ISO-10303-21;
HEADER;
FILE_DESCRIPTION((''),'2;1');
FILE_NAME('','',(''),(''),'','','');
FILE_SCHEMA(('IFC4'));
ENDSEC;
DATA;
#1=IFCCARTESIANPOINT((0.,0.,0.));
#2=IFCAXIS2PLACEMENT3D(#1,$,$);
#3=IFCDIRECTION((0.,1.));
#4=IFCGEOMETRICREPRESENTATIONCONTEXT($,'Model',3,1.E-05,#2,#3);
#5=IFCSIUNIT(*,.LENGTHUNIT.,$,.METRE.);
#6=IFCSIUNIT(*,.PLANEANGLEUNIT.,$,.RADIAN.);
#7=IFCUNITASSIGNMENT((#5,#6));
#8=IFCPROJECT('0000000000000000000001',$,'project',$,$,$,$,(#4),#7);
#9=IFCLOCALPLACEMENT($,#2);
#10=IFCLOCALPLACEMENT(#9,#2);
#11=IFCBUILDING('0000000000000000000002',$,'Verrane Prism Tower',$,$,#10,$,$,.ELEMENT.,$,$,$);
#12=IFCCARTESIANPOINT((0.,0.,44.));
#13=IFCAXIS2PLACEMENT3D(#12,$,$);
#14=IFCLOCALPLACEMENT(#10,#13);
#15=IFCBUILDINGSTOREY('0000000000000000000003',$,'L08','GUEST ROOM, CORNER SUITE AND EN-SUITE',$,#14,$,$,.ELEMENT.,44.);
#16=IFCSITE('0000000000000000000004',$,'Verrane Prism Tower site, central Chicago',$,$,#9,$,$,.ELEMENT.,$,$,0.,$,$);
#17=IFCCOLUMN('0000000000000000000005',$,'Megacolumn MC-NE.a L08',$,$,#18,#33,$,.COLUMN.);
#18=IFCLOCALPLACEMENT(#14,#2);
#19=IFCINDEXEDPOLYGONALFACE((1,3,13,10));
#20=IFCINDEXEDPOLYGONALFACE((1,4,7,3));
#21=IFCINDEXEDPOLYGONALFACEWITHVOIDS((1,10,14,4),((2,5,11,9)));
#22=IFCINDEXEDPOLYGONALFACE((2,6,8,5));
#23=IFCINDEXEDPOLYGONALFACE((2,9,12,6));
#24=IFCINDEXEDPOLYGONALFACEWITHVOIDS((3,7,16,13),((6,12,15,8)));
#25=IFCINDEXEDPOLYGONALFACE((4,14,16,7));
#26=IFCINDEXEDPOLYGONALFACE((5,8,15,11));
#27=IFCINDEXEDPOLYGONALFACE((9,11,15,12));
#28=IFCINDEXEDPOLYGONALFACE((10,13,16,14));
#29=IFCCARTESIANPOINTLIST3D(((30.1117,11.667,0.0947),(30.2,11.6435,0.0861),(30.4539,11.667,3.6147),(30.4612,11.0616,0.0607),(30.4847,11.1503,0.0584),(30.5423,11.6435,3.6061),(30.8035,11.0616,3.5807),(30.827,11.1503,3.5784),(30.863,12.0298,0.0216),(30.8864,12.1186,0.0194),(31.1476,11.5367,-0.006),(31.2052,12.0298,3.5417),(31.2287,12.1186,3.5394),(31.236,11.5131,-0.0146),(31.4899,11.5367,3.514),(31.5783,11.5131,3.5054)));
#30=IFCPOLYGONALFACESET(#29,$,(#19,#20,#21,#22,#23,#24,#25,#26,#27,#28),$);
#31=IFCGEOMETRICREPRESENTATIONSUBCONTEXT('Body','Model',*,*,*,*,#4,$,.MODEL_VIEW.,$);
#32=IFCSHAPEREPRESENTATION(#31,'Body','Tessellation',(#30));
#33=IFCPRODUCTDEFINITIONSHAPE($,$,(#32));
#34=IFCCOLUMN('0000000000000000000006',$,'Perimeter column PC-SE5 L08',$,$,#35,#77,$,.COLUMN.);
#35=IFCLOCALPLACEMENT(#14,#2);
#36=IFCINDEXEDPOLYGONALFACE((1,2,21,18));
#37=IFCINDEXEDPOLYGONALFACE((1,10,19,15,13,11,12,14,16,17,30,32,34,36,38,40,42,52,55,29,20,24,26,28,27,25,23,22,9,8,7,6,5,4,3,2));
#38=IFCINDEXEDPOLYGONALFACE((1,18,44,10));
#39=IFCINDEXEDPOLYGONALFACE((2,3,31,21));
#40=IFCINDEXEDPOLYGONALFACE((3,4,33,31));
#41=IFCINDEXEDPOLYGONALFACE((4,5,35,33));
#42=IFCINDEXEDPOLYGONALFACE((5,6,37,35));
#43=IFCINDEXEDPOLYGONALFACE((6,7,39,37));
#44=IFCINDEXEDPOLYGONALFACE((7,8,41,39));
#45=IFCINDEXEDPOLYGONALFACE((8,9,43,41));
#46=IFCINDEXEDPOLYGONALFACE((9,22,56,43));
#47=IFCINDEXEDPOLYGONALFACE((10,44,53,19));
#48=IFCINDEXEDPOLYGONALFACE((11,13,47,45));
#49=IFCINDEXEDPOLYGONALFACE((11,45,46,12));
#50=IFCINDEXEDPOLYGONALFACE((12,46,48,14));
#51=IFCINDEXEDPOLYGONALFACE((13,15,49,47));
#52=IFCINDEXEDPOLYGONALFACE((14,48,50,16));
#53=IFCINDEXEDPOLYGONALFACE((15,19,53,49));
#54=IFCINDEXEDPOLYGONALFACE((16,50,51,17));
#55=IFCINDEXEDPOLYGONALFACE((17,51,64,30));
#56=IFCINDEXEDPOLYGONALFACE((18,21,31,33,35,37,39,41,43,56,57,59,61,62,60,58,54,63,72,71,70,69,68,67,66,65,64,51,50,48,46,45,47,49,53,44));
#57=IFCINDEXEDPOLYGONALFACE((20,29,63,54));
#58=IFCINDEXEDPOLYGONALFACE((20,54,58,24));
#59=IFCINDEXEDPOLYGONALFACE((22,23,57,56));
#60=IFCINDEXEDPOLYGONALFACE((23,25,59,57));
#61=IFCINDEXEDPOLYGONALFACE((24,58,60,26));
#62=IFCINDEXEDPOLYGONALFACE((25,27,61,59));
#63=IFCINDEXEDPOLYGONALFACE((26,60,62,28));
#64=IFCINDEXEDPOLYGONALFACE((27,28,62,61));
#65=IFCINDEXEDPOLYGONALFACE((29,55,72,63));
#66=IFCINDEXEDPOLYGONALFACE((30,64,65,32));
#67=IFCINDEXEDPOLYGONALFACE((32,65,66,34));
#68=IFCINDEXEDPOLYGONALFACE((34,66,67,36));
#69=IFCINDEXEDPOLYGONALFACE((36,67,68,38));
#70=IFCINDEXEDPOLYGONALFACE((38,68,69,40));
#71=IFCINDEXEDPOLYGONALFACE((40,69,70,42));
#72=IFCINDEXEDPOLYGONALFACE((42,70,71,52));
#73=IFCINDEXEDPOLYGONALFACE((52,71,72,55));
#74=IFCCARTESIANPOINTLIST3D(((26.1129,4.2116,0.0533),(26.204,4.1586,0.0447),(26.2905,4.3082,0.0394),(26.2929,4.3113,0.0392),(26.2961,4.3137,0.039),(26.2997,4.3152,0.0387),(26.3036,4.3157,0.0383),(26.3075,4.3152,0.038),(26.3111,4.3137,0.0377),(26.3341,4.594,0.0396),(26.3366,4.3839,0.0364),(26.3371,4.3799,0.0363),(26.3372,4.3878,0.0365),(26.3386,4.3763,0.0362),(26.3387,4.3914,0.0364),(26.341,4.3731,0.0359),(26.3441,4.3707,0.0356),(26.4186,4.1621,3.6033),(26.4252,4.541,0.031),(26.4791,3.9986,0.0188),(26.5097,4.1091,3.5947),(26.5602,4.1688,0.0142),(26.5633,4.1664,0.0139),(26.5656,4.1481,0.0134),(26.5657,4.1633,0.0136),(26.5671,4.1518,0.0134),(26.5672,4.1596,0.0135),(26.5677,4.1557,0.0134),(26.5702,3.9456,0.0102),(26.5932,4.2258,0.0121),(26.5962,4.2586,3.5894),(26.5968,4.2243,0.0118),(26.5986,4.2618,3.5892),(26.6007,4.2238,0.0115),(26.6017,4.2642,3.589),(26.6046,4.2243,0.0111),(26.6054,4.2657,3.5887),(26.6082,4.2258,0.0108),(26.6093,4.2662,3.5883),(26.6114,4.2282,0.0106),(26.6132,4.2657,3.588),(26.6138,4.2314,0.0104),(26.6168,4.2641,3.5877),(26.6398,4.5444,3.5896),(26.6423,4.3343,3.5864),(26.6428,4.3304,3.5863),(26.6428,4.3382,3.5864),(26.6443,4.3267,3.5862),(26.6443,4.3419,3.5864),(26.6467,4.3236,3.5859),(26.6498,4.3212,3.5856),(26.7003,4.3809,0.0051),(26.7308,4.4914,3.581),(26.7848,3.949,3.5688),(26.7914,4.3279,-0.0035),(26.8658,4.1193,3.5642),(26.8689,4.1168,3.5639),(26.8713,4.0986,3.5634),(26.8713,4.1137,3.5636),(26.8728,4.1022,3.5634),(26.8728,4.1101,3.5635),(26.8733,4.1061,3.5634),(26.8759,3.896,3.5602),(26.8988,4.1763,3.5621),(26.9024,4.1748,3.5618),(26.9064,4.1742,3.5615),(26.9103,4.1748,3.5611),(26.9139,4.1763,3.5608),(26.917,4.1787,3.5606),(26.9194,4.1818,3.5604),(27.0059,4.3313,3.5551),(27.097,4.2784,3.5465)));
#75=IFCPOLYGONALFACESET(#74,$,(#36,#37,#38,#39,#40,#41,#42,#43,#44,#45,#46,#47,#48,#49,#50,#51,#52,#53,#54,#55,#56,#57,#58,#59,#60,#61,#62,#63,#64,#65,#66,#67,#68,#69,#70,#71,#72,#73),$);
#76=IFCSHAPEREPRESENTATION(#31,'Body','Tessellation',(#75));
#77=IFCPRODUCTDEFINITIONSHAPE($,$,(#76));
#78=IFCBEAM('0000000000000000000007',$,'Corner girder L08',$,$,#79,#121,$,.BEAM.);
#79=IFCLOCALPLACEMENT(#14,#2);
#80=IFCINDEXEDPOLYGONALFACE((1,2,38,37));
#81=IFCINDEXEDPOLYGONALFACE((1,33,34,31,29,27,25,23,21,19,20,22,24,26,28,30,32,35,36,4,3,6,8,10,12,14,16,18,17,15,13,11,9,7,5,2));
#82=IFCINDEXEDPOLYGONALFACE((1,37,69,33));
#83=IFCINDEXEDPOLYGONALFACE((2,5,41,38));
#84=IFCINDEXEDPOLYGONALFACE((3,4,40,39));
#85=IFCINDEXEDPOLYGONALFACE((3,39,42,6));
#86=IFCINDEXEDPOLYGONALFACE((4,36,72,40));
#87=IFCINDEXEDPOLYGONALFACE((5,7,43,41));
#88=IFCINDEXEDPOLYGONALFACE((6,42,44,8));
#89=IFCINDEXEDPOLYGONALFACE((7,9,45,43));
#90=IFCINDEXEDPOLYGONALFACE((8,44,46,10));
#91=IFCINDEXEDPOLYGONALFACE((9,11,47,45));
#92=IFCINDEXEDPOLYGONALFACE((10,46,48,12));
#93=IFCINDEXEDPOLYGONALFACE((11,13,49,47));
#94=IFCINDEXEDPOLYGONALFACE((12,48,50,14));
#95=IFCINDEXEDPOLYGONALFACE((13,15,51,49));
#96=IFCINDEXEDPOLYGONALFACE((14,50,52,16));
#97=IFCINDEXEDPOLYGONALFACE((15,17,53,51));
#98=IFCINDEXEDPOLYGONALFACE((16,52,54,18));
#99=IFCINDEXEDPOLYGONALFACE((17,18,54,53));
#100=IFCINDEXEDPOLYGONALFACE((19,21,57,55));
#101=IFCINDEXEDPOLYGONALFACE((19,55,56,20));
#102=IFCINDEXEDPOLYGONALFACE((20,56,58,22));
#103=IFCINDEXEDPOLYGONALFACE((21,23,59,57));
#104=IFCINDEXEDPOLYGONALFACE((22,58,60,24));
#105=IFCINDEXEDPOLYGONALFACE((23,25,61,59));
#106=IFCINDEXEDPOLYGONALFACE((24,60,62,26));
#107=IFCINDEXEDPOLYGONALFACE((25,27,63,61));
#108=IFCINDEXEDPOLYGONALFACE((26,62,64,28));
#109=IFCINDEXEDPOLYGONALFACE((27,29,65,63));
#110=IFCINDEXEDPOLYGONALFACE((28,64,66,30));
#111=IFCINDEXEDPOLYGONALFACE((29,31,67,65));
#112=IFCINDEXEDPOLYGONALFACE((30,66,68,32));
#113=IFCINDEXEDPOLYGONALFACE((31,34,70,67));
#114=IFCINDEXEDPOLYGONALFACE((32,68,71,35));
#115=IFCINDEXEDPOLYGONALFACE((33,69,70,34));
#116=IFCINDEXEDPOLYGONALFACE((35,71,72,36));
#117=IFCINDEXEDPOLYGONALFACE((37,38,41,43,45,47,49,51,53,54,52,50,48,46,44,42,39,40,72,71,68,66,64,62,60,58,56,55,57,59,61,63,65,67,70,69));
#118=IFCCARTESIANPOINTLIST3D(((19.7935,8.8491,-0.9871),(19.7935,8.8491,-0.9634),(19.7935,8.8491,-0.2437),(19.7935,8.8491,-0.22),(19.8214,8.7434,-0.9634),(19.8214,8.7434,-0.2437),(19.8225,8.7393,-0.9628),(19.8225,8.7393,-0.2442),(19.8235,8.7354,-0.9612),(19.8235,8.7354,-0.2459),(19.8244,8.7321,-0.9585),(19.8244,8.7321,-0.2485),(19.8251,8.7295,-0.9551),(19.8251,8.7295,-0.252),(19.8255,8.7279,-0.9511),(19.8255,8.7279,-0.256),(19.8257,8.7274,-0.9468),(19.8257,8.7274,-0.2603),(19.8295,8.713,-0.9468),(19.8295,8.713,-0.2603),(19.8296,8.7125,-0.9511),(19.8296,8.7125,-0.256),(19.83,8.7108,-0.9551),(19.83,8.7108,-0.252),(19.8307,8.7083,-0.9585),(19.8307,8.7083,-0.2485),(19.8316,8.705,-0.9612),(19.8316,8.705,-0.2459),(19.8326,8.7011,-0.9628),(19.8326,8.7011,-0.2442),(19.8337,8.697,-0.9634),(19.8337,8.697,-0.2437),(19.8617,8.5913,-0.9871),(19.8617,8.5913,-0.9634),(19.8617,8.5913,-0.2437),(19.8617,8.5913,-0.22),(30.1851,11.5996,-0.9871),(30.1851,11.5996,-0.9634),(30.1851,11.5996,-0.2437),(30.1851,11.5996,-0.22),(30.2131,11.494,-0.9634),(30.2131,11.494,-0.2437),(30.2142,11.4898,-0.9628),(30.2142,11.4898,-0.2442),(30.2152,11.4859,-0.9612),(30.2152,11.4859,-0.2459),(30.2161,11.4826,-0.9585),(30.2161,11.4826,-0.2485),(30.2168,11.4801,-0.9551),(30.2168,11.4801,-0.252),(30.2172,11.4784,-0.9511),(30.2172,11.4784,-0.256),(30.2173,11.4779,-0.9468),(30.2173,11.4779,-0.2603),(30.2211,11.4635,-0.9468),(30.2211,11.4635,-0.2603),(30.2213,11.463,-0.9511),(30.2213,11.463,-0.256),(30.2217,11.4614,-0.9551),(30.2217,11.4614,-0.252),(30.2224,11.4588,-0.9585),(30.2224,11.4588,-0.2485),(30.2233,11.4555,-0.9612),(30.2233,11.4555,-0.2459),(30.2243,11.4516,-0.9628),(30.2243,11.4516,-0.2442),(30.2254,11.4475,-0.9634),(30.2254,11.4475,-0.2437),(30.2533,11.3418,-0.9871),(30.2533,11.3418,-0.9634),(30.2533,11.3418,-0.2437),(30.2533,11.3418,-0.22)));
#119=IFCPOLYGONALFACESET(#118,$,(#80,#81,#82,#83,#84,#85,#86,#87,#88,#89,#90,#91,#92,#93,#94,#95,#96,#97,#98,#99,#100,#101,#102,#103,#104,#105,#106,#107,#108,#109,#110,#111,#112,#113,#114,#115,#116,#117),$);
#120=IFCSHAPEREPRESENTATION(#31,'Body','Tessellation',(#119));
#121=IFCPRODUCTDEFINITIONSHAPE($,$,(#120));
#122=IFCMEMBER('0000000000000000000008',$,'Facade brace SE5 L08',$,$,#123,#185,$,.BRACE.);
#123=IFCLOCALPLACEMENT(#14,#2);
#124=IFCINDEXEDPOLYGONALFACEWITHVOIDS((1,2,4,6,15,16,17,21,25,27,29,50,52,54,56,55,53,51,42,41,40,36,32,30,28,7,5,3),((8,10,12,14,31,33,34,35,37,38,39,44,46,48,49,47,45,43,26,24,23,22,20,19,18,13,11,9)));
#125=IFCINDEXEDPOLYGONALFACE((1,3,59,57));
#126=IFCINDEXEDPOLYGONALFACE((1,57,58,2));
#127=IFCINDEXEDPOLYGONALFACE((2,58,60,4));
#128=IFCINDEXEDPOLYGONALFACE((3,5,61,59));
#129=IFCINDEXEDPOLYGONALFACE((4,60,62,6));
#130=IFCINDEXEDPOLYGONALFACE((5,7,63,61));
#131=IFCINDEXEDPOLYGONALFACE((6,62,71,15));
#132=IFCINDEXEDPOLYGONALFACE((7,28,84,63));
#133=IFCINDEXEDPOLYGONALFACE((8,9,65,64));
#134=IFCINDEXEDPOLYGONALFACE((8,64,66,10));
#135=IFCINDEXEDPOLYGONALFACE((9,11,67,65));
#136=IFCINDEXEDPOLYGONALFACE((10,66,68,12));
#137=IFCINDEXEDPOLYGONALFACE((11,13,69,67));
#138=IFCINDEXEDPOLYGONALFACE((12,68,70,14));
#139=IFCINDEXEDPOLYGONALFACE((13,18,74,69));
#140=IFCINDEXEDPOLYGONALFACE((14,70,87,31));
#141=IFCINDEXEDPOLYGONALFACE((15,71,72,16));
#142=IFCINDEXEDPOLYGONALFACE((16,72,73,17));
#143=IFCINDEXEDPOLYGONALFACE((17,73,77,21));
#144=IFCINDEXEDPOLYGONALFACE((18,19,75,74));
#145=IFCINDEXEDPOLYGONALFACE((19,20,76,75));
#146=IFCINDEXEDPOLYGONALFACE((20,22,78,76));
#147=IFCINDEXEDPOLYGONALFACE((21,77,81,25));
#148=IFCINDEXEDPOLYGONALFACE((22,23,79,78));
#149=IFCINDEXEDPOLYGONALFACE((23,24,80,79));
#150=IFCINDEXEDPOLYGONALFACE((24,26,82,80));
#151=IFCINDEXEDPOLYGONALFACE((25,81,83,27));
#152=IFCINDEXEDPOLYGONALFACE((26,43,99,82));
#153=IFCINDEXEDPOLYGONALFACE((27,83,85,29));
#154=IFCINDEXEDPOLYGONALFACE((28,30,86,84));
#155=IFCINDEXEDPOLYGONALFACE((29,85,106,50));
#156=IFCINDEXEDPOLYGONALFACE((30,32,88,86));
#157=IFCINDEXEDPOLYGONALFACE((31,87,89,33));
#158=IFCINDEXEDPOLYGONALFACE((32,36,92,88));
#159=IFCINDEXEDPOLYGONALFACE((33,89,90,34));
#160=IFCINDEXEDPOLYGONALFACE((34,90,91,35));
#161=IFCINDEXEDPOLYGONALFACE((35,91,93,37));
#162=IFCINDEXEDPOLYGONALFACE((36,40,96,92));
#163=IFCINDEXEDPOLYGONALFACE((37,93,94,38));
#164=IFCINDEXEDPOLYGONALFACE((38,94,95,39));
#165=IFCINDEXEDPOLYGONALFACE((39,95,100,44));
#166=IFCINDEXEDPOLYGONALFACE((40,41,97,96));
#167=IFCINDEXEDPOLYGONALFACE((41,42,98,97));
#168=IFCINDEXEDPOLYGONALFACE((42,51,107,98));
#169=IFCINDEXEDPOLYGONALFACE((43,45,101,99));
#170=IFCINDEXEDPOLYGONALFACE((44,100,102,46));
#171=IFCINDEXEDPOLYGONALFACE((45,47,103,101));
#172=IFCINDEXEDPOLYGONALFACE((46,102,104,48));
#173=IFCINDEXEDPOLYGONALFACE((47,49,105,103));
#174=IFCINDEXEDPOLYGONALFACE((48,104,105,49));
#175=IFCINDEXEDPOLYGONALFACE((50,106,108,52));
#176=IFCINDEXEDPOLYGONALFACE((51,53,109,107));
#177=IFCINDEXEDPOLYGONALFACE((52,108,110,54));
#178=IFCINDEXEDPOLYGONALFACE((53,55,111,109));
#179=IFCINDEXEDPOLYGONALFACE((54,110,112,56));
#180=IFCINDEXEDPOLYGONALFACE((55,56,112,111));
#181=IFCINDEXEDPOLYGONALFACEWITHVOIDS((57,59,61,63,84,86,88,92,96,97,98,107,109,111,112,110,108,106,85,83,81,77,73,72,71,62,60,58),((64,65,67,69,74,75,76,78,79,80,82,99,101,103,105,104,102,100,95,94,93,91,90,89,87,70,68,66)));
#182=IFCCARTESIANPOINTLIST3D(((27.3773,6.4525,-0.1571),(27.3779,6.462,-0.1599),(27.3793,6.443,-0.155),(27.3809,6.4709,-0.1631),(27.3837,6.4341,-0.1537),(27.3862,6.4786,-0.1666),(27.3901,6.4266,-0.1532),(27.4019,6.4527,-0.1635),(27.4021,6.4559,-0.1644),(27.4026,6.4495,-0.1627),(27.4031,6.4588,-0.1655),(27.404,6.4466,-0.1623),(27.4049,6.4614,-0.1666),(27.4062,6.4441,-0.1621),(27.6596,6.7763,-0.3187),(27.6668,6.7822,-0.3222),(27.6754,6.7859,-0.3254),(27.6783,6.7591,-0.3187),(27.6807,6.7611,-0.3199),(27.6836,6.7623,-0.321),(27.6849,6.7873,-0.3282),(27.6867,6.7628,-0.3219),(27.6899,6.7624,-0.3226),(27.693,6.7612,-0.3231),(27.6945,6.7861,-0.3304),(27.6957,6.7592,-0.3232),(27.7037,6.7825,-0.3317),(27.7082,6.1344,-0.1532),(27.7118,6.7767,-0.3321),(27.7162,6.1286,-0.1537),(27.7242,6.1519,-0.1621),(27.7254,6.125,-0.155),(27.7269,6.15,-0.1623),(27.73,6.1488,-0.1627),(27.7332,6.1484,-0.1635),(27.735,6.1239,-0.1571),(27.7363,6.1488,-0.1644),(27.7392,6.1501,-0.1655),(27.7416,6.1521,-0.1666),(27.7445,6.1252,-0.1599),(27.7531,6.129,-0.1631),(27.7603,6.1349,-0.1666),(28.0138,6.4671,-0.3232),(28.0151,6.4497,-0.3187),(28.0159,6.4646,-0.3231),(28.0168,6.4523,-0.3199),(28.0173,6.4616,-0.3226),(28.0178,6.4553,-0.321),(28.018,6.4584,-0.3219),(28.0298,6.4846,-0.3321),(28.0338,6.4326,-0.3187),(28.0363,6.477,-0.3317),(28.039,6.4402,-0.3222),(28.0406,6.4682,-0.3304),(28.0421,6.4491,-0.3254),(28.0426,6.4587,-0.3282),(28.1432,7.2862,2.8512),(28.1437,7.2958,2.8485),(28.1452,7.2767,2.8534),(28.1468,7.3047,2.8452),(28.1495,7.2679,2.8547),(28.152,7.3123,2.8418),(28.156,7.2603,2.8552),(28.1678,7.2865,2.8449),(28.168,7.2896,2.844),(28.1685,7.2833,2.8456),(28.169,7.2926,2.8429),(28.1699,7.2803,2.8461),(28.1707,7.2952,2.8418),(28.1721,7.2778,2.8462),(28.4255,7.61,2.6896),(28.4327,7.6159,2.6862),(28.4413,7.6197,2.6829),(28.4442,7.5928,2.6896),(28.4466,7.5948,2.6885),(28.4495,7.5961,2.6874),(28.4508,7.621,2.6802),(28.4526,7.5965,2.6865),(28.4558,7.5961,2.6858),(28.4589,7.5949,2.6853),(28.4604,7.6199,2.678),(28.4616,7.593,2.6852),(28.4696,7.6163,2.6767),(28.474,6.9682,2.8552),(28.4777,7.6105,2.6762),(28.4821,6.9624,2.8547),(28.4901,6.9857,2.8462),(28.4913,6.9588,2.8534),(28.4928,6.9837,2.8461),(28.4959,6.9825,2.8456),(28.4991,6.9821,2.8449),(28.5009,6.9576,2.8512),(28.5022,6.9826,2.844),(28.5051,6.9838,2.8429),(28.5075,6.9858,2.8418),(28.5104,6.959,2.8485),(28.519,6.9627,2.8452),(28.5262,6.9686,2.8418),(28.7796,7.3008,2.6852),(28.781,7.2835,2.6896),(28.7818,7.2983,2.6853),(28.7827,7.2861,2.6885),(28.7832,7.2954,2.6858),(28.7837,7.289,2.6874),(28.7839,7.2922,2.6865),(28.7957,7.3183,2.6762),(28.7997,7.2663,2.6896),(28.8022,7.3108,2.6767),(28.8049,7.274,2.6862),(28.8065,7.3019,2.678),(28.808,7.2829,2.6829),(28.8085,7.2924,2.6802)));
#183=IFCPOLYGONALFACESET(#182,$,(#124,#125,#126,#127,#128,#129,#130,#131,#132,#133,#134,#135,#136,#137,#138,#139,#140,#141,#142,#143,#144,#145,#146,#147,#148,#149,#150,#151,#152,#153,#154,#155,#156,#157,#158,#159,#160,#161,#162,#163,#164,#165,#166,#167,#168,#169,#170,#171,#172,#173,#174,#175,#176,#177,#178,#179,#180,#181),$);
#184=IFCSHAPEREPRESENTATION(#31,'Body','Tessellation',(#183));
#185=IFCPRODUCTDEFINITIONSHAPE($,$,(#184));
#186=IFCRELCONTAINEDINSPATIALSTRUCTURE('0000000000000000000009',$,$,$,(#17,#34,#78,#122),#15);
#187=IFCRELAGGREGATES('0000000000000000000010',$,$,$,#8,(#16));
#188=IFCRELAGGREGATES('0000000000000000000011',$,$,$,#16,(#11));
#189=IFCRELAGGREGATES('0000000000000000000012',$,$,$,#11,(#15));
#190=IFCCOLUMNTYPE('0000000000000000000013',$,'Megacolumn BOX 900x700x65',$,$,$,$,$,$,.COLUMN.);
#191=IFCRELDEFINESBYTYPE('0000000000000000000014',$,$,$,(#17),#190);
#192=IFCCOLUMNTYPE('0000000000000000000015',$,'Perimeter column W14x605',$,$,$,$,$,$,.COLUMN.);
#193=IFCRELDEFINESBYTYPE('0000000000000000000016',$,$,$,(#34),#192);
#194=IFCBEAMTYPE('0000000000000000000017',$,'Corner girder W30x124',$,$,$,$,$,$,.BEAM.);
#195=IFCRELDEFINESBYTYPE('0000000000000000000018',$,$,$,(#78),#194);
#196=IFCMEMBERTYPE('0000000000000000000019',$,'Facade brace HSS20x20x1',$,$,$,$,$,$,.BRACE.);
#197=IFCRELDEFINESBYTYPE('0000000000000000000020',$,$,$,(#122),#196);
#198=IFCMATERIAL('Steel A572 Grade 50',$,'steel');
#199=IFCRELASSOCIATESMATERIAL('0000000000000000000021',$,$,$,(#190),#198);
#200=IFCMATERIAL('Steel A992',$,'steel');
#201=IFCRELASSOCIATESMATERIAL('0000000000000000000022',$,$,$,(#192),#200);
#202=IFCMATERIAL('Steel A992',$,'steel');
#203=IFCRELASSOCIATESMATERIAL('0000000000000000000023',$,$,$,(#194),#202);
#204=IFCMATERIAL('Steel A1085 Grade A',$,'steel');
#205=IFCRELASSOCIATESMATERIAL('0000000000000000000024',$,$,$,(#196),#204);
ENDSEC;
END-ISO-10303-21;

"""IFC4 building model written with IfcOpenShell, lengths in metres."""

from ifc_helpers import new_model, si_unit, direction, frame, origin, origin_2d, place, context, subcontext, project, spatial, hollow_rectangle, i_section, extrude, material, material_profile, profile_set, type_object, element, save


model = new_model("IFC4")

# Units and contexts
model_context = context("Model", 3, precision=1e-05, world=origin(), true_north=direction((0.0, 1.0)))
body_context = subcontext(model_context, "Body", "Model", "MODEL_VIEW")
ifc_project = project(units=[si_unit("LENGTHUNIT", "METRE"), si_unit("PLANEANGLEUNIT", "RADIAN")], contexts=[model_context])

# Site, building, storey
site_placement = place(None, origin())
site = spatial("IfcSite", under=ifc_project, at=site_placement, Name="Verrane Prism Tower site, central Chicago", CompositionType="ELEMENT", RefElevation=0.0)
building_placement = place(site_placement, origin())
building = spatial("IfcBuilding", under=site, at=building_placement, Name="Verrane Prism Tower", CompositionType="ELEMENT")
storey_placement = place(building_placement, frame((0.0, 0.0, 44.0)))
storey = spatial("IfcBuildingStorey", under=building, at=storey_placement, Name="L08", Description="GUEST ROOM, CORNER SUITE AND EN-SUITE", CompositionType="ELEMENT", Elevation=44.0)

# Columns
ifc_material_1 = material(Name="Steel A572 Grade 50", Category="steel")
ifc_material_profile_1 = material_profile(ifc_material_1, hollow_rectangle(XDim=0.7, YDim=0.8999, WallThickness=0.0649, at=origin_2d()), Name="BOX 900x700x65")
ifc_profile_set_1 = profile_set([ifc_material_profile_1], Name="Steel A572 Grade 50")
column_type_1 = type_object("IfcColumnType", Name="Megacolumn BOX 900x700x65", PredefinedType="COLUMN", material=ifc_profile_set_1)
column_1_placement = place(storey_placement, frame((30.6738, 11.5901, 0.04), z_axis=(0.096783, 0.0, 0.995305), x_axis=(0.499409, -0.865004, -0.048562)))
element("IfcColumn", 1, at=column_1_placement, inside=storey, type_object=column_type_1, Name="Megacolumn MC-NE.a L08", PredefinedType="COLUMN", context=body_context, shape_type="SweptSolid", body=[
    extrude(hollow_rectangle(XDim=0.7, YDim=0.8999, WallThickness=0.0649, at=origin_2d()), origin(), (0.0, 0.0, 1.0), 3.5366),
])
ifc_material_2 = material(Name="Steel A992", Category="steel")
ifc_material_profile_2 = material_profile(ifc_material_2, i_section(OverallWidth=0.4419, OverallDepth=0.5308, WebThickness=0.0659, FlangeThickness=0.1057, FilletRadius=0.0151, at=origin_2d()), Name="W14x605")
ifc_profile_set_2 = profile_set([ifc_material_profile_2], Name="Steel A992")
column_type_2 = type_object("IfcColumnType", Name="Perimeter column W14x605", PredefinedType="COLUMN", material=ifc_profile_set_2)
column_2_placement = place(storey_placement, frame((26.4521, 4.2698, 0.0249), z_axis=(0.085776, -0.013908, 0.996217), x_axis=(-0.500476, -0.865195, 0.031013)))
element("IfcColumn", 2, at=column_2_placement, inside=storey, type_object=column_type_2, Name="Perimeter column PC-SE5 L08", PredefinedType="COLUMN", context=body_context, shape_type="SweptSolid", body=[
    extrude(i_section(OverallWidth=0.4419, OverallDepth=0.5308, WebThickness=0.0659, FlangeThickness=0.1057, FilletRadius=0.0151, at=origin_2d()), origin(), (0.0, 0.0, 1.0), 3.5635),
])

# Beam
ifc_material_3 = material(Name="Steel A992", Category="steel")
ifc_material_profile_3 = material_profile(ifc_material_3, i_section(OverallWidth=0.2666, OverallDepth=0.7671, WebThickness=0.0149, FlangeThickness=0.0237, FilletRadius=0.0166, at=origin_2d()), Name="W30x124")
ifc_profile_set_3 = profile_set([ifc_material_profile_3], Name="Steel A992")
beam_type_1 = type_object("IfcBeamType", Name="Corner girder W30x124", PredefinedType="BEAM", material=ifc_profile_set_3)
beam_1_placement = place(storey_placement, frame((30.2192, 11.4707, -0.6035), z_axis=(-0.966711, -0.255873, 0.0), x_axis=(0.255873, -0.966711, 0.0)))
element("IfcBeam", 3, at=beam_1_placement, inside=storey, type_object=beam_type_1, Name="Corner girder L08", PredefinedType="BEAM", context=body_context, shape_type="SweptSolid", body=[
    extrude(i_section(OverallWidth=0.2666, OverallDepth=0.7671, WebThickness=0.0149, FlangeThickness=0.0237, FilletRadius=0.0166, at=origin_2d()), origin(), (0.0, 0.0, 1.0), 10.7495),
])

# Member
ifc_material_4 = material(Name="Steel A1085 Grade A", Category="steel")
ifc_material_profile_4 = material_profile(ifc_material_4, hollow_rectangle(XDim=0.5081, YDim=0.5081, WallThickness=0.0254, InnerFilletRadius=0.0127, OuterFilletRadius=0.0381, at=origin_2d()), Name="HSS20x20x1")
ifc_profile_set_4 = profile_set([ifc_material_profile_4], Name="Steel A1085 Grade A")
member_type_1 = type_object("IfcMemberType", Name="Facade brace HSS20x20x1", PredefinedType="BRACE", material=ifc_profile_set_4)
member_1_placement = place(storey_placement, frame((27.71, 6.4556, -0.2427), z_axis=(0.238271, 0.259387, 0.935919), x_axis=(-0.736447, 0.676496, 0.0)))
element("IfcMember", 4, at=member_1_placement, inside=storey, type_object=member_type_1, Name="Facade brace SE5 L08", PredefinedType="BRACE", context=body_context, shape_type="SweptSolid", body=[
    extrude(hollow_rectangle(XDim=0.5081, YDim=0.5081, WallThickness=0.0254, InnerFilletRadius=0.0127, OuterFilletRadius=0.0381, at=origin_2d()), origin(), (0.0, 0.0, 1.0), 3.2144),
])

save(model, "model.ifc")
